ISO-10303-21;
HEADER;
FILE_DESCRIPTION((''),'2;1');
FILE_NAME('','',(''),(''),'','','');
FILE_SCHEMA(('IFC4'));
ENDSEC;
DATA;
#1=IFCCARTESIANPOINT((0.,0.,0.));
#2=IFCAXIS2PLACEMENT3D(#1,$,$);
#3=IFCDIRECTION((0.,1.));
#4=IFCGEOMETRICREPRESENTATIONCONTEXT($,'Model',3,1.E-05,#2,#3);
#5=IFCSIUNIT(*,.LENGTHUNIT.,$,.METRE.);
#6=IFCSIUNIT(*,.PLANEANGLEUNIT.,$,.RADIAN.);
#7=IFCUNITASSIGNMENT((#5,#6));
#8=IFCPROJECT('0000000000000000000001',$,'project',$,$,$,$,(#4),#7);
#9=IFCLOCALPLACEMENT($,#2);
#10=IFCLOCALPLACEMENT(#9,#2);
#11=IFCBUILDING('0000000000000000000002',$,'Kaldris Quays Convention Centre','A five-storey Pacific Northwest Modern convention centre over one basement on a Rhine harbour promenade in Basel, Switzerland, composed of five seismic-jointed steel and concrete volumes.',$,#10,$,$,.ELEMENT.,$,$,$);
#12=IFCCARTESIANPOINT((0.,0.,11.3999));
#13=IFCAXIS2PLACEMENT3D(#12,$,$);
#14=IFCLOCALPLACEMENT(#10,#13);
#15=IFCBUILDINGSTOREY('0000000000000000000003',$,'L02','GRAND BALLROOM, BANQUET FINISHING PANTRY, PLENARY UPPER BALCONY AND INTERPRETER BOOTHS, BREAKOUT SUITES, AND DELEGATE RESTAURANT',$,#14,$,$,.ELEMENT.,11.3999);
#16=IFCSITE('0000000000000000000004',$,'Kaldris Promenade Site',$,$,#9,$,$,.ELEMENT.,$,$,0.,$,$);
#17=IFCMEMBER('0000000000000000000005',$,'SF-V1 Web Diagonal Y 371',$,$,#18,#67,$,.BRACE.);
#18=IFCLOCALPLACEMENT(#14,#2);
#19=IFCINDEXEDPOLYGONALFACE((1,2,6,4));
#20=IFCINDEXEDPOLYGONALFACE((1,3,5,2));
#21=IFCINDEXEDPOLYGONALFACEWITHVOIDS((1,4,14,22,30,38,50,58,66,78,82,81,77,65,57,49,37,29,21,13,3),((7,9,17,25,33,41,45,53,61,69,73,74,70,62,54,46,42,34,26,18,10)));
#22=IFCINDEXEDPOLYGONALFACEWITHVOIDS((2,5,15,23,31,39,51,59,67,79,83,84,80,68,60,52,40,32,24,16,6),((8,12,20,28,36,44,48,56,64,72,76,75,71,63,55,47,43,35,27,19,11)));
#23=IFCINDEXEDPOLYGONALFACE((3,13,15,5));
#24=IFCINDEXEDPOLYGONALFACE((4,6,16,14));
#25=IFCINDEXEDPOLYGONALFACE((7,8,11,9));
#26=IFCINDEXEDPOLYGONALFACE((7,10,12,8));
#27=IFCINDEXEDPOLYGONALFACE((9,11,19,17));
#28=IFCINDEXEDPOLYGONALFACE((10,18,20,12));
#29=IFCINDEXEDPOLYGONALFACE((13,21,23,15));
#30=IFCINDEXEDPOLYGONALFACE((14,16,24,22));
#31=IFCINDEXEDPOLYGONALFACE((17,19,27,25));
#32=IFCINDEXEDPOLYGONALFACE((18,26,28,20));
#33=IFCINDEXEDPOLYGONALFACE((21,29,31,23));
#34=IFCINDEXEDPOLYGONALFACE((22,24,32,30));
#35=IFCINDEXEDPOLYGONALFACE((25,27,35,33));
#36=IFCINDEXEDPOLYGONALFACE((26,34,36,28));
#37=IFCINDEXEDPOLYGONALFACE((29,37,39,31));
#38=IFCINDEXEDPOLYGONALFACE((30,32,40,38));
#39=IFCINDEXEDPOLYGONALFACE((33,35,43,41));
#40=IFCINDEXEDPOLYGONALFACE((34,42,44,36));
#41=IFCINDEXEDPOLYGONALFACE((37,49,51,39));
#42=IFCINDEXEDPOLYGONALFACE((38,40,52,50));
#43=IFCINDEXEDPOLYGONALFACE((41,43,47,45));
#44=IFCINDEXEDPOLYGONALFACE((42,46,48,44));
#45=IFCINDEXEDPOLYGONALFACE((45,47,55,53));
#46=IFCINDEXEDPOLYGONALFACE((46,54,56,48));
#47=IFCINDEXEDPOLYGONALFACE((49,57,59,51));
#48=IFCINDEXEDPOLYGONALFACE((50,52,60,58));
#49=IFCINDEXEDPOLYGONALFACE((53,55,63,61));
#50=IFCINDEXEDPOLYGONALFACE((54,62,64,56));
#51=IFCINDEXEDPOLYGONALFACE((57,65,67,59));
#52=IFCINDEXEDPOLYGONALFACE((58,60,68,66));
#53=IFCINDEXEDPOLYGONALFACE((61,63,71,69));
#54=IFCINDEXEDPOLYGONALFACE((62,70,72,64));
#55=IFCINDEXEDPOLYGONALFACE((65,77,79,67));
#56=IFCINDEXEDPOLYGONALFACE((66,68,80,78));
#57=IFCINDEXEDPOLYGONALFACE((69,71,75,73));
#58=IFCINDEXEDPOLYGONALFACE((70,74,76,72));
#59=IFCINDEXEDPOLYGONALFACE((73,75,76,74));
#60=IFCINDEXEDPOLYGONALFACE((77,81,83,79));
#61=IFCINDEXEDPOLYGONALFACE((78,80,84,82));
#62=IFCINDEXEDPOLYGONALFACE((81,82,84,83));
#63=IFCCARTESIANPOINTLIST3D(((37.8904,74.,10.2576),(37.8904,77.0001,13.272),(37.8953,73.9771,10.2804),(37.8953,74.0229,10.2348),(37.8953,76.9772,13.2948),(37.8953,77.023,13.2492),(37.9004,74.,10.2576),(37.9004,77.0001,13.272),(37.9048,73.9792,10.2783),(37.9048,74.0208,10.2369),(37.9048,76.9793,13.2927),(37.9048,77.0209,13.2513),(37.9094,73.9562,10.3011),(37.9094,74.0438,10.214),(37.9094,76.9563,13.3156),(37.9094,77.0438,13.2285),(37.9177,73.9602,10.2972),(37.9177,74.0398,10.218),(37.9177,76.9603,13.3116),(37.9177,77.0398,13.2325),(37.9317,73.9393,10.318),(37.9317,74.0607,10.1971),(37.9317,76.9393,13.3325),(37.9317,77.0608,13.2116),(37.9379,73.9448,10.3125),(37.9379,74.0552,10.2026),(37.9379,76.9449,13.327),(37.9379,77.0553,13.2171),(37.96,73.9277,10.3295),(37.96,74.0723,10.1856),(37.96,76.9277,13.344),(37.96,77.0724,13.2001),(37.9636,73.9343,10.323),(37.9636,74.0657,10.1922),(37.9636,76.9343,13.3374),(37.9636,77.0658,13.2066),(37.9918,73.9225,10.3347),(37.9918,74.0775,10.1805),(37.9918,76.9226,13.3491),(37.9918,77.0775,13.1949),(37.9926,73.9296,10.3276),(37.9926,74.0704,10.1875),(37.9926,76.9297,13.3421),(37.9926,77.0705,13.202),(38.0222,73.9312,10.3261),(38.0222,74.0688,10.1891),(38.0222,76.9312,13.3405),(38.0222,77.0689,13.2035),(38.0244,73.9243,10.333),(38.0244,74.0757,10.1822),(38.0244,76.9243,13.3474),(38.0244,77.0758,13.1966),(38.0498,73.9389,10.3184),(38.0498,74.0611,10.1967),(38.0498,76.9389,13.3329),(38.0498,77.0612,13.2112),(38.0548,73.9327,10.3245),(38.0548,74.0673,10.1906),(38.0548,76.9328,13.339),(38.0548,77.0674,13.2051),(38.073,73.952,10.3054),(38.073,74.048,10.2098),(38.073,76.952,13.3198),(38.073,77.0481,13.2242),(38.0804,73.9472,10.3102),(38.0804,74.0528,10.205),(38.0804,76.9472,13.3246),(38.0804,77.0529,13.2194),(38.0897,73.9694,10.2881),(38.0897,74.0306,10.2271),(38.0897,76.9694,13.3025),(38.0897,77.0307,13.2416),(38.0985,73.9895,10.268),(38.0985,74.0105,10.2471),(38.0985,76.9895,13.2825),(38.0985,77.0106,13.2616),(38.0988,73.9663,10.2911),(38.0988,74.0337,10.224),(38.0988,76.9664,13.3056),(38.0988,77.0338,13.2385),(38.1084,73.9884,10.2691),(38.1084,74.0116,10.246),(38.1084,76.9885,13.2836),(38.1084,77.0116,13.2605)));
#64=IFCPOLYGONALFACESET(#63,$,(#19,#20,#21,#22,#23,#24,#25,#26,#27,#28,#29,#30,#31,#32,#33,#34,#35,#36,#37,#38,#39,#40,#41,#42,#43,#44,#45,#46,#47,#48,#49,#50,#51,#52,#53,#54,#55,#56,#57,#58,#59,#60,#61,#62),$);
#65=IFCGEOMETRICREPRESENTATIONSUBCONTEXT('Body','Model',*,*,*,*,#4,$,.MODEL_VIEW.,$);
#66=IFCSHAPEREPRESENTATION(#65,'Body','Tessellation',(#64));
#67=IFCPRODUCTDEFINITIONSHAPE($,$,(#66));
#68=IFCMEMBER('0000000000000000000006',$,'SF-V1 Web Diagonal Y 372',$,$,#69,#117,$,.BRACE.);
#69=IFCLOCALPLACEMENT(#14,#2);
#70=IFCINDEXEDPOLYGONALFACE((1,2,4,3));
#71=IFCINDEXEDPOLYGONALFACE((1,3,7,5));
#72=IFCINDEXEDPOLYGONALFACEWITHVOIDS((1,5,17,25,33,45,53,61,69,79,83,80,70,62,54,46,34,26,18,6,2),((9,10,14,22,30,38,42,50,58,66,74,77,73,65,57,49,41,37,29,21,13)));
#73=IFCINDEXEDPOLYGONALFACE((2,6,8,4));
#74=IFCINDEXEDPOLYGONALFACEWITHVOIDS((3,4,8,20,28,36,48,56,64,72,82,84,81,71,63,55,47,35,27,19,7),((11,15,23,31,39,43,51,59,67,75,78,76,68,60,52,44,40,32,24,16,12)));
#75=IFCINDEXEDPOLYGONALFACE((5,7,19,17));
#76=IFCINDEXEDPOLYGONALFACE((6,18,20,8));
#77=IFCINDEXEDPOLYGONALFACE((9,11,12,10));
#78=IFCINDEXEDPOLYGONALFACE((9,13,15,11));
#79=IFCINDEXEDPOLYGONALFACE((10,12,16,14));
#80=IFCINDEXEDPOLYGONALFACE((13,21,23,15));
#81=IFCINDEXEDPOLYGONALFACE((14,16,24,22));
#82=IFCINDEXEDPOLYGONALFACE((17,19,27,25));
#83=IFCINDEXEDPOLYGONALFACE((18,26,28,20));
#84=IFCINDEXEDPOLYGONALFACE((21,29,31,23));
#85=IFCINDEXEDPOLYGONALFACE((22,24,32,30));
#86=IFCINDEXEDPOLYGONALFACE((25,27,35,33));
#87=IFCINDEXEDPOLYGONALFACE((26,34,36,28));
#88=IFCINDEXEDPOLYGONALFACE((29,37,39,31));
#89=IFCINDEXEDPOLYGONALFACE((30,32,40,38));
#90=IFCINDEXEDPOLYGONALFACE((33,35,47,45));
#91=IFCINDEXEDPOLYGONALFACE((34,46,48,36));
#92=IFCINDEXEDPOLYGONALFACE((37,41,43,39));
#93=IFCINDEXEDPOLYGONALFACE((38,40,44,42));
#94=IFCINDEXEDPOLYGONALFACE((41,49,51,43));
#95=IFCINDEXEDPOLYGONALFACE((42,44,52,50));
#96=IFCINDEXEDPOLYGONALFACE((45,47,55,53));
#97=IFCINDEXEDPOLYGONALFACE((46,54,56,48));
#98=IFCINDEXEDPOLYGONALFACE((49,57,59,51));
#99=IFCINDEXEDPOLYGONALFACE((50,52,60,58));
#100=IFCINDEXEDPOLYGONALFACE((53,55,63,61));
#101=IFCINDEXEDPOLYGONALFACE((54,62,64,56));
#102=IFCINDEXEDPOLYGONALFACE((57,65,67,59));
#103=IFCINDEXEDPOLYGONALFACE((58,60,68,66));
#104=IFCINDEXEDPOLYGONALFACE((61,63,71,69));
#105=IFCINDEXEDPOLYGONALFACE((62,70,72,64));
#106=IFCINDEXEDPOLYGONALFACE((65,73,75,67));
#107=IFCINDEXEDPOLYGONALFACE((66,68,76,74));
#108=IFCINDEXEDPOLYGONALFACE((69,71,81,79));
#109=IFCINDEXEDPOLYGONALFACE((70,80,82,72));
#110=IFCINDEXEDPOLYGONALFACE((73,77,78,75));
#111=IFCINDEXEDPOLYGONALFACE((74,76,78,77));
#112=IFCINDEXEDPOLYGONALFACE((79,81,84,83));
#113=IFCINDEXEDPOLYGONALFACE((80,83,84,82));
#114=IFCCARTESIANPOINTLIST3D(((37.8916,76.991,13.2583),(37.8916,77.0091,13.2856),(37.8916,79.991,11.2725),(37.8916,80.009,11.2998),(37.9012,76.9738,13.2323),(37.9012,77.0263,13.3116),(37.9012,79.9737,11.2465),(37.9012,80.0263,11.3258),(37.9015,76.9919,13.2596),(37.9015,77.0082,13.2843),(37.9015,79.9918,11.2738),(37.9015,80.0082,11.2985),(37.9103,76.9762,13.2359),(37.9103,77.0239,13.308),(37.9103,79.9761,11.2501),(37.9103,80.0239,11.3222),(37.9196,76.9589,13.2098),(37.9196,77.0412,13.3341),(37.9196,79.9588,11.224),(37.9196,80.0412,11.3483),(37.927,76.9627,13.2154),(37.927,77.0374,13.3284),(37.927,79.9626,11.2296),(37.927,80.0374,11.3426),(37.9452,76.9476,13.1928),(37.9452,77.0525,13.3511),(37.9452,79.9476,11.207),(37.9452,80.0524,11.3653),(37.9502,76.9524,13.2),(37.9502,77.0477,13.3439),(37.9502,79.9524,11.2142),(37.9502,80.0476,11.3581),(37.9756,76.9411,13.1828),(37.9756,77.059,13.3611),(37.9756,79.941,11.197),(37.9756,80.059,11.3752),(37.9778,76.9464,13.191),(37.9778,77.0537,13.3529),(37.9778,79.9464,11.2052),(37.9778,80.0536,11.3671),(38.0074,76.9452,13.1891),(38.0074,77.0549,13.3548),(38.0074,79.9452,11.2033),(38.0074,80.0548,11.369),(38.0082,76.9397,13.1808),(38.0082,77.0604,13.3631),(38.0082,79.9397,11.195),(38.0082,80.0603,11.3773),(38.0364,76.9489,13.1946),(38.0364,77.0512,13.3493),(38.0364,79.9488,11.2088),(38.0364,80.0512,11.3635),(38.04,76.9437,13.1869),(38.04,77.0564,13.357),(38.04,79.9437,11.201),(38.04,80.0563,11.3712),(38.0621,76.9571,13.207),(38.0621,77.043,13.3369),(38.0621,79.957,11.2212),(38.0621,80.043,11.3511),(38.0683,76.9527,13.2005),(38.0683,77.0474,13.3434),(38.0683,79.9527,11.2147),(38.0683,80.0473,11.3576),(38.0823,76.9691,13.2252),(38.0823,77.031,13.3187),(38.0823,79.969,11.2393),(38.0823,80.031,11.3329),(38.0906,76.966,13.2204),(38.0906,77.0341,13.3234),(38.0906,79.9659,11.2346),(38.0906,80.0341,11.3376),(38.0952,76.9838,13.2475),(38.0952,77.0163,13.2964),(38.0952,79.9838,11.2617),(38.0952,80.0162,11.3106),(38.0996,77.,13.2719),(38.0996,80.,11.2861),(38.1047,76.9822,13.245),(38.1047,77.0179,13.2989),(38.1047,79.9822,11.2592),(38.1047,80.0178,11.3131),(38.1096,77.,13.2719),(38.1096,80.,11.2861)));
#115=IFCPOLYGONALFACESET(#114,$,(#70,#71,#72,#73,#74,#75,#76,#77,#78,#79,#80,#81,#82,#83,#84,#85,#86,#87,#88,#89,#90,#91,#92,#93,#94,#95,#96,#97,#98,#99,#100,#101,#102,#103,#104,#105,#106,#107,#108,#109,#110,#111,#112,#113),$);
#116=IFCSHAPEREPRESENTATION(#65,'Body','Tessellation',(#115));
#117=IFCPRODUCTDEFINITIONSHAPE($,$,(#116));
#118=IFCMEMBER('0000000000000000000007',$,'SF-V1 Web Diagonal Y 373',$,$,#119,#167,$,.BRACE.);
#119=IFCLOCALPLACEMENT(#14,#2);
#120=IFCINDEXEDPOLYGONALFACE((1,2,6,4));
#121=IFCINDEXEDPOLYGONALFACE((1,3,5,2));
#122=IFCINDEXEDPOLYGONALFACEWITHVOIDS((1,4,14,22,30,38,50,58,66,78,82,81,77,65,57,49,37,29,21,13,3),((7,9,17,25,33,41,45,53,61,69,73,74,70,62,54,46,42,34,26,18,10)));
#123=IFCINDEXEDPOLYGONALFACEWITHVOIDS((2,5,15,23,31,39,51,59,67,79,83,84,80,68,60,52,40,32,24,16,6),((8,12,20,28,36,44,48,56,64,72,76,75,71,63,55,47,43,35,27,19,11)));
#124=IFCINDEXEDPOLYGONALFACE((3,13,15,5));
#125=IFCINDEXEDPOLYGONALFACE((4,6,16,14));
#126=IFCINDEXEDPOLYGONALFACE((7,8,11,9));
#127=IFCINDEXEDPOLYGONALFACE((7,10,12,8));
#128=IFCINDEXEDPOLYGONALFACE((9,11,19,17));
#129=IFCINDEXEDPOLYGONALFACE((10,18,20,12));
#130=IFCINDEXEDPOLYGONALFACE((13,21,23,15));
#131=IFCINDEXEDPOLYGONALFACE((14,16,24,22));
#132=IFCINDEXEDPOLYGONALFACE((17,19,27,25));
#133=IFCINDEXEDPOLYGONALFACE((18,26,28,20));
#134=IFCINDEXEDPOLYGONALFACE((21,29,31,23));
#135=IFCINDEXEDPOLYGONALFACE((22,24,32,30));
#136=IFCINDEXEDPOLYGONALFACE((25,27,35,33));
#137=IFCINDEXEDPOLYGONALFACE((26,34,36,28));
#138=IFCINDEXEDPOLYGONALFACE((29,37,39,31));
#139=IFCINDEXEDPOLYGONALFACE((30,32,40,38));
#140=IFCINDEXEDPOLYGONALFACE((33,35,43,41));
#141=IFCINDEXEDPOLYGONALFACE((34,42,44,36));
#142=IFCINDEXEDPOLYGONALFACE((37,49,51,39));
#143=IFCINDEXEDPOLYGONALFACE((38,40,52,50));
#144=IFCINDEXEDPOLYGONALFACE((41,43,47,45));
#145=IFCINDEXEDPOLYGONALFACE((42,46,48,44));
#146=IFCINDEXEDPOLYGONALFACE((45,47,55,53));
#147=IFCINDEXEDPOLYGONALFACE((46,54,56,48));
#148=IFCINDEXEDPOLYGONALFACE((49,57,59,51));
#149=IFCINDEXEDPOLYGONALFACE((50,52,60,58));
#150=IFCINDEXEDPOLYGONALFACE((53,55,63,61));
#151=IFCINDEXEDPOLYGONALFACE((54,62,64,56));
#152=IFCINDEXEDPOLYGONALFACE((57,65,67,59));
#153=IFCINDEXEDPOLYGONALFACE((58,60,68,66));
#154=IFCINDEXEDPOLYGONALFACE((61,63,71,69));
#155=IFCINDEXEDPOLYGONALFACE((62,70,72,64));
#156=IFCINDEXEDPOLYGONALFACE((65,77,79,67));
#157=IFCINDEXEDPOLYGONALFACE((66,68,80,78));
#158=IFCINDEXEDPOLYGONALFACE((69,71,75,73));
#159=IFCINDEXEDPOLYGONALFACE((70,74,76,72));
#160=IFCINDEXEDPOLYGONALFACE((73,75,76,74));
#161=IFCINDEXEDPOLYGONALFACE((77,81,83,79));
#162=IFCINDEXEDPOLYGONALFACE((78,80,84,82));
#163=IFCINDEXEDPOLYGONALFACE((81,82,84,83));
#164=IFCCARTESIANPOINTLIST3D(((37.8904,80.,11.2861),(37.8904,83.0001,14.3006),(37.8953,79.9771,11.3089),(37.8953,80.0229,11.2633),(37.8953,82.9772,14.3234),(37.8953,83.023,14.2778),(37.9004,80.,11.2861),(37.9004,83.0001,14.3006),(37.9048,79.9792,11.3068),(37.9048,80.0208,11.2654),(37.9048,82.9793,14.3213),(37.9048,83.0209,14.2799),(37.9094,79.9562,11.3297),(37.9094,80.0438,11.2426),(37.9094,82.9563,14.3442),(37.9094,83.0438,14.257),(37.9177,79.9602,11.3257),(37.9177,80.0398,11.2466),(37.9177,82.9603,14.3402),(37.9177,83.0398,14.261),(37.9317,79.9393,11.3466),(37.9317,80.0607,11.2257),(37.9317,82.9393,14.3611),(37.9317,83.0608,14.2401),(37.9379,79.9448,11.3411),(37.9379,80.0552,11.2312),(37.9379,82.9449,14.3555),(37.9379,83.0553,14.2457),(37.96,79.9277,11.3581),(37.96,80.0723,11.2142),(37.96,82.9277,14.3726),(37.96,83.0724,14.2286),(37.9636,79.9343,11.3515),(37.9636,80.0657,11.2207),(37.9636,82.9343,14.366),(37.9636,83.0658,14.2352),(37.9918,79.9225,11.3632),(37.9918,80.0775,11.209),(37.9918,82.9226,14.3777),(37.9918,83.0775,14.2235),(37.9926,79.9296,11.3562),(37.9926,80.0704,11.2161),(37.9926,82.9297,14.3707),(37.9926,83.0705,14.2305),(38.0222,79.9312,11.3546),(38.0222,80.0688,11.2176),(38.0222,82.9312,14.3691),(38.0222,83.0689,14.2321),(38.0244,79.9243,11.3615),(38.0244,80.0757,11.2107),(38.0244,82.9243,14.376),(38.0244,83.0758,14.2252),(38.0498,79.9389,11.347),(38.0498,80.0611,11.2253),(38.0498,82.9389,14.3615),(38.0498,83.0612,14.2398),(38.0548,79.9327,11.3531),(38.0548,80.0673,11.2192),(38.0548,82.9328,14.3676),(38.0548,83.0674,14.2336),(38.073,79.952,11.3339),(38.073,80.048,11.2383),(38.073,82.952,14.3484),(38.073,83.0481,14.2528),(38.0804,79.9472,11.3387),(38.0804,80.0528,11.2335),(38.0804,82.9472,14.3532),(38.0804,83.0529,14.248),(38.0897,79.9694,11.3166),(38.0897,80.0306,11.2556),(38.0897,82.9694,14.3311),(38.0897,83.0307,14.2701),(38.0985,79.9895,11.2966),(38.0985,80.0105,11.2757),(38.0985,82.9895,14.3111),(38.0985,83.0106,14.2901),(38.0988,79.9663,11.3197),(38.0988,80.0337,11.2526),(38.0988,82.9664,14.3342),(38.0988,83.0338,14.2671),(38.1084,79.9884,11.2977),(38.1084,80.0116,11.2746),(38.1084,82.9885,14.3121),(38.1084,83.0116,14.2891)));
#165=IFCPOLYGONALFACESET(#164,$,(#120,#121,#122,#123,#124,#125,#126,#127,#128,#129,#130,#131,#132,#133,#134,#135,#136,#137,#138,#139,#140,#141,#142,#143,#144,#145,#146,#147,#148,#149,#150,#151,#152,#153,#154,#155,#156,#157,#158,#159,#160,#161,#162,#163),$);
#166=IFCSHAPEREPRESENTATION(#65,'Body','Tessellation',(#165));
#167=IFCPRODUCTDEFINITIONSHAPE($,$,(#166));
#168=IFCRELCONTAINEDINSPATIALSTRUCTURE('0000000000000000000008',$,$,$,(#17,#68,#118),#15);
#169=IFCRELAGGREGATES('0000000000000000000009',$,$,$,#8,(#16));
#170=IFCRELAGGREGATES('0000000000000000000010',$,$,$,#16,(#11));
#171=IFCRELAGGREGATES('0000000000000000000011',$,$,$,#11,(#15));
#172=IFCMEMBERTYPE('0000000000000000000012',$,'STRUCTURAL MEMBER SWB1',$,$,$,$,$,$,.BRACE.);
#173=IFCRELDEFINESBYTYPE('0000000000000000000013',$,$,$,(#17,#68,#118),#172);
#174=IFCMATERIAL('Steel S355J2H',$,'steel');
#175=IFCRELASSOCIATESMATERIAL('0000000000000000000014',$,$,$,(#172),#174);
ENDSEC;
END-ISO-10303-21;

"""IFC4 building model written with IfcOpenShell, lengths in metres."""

from ifc_helpers import new_model, si_unit, direction, frame, origin, origin_2d, place, context, subcontext, project, spatial, hollow_circle, extrude, material, material_profile, profile_set, type_object, element, save


model = new_model("IFC4")

# Units and contexts
model_context = context("Model", 3, precision=1e-05, world=origin(), true_north=direction((0.0, 1.0)))
body_context = subcontext(model_context, "Body", "Model", "MODEL_VIEW")
ifc_project = project(units=[si_unit("LENGTHUNIT", "METRE"), si_unit("PLANEANGLEUNIT", "RADIAN")], contexts=[model_context])

# Site, building, storey
site_placement = place(None, origin())
site = spatial("IfcSite", under=ifc_project, at=site_placement, Name="Kaldris Promenade Site", CompositionType="ELEMENT", RefElevation=0.0)
building_placement = place(site_placement, origin())
building = spatial("IfcBuilding", under=site, at=building_placement, Name="Kaldris Quays Convention Centre", Description="A five-storey Pacific Northwest Modern convention centre over one basement on a Rhine harbour promenade in Basel, Switzerland, composed of five seismic-jointed steel and concrete volumes.", CompositionType="ELEMENT")
storey_placement = place(building_placement, frame((0.0, 0.0, 11.3999)))
storey = spatial("IfcBuildingStorey", under=building, at=storey_placement, Name="L02", Description="GRAND BALLROOM, BANQUET FINISHING PANTRY, PLENARY UPPER BALCONY AND INTERPRETER BOOTHS, BREAKOUT SUITES, AND DELEGATE RESTAURANT", CompositionType="ELEMENT", Elevation=11.3999)

# Members
ifc_material_1 = material(Name="Steel S355J2H", Category="steel")
ifc_material_profile_1 = material_profile(ifc_material_1, hollow_circle(Radius=0.1096, WallThickness=0.01, at=origin_2d()), Name="CHS 219.1x10")
ifc_profile_set_1 = profile_set([ifc_material_profile_1], Name="Steel S355J2H")
member_type_1 = type_object("IfcMemberType", Name="STRUCTURAL MEMBER SWB1", PredefinedType="BRACE", material=ifc_profile_set_1)
member_1_placement = place(storey_placement, frame((38.0, 74.0, 10.2576), z_axis=(0.0, 0.705411, 0.708798), x_axis=(-1.0, 0.0, 0.0)))
element("IfcMember", 1, at=member_1_placement, inside=storey, type_object=member_type_1, Name="SF-V1 Web Diagonal Y 371", PredefinedType="BRACE", context=body_context, shape_type="SweptSolid", body=[
    extrude(hollow_circle(Radius=0.1096, WallThickness=0.01, at=origin_2d()), origin(), (0.0, 0.0, 1.0), 4.2529),
])
member_2_placement = place(storey_placement, frame((38.0, 80.0, 11.2861), z_axis=(0.0, -0.833862, 0.551972), x_axis=(1.0, 0.0, 0.0)))
element("IfcMember", 2, at=member_2_placement, inside=storey, type_object=member_type_1, Name="SF-V1 Web Diagonal Y 372", PredefinedType="BRACE", context=body_context, shape_type="SweptSolid", body=[
    extrude(hollow_circle(Radius=0.1096, WallThickness=0.01, at=origin_2d()), origin(), (0.0, 0.0, 1.0), 3.5977),
])
member_3_placement = place(storey_placement, frame((38.0, 80.0, 11.2861), z_axis=(0.0, 0.705411, 0.708798), x_axis=(-1.0, 0.0, 0.0)))
element("IfcMember", 3, at=member_3_placement, inside=storey, type_object=member_type_1, Name="SF-V1 Web Diagonal Y 373", PredefinedType="BRACE", context=body_context, shape_type="SweptSolid", body=[
    extrude(hollow_circle(Radius=0.1096, WallThickness=0.01, at=origin_2d()), origin(), (0.0, 0.0, 1.0), 4.2529),
])

save(model, "model.ifc")
